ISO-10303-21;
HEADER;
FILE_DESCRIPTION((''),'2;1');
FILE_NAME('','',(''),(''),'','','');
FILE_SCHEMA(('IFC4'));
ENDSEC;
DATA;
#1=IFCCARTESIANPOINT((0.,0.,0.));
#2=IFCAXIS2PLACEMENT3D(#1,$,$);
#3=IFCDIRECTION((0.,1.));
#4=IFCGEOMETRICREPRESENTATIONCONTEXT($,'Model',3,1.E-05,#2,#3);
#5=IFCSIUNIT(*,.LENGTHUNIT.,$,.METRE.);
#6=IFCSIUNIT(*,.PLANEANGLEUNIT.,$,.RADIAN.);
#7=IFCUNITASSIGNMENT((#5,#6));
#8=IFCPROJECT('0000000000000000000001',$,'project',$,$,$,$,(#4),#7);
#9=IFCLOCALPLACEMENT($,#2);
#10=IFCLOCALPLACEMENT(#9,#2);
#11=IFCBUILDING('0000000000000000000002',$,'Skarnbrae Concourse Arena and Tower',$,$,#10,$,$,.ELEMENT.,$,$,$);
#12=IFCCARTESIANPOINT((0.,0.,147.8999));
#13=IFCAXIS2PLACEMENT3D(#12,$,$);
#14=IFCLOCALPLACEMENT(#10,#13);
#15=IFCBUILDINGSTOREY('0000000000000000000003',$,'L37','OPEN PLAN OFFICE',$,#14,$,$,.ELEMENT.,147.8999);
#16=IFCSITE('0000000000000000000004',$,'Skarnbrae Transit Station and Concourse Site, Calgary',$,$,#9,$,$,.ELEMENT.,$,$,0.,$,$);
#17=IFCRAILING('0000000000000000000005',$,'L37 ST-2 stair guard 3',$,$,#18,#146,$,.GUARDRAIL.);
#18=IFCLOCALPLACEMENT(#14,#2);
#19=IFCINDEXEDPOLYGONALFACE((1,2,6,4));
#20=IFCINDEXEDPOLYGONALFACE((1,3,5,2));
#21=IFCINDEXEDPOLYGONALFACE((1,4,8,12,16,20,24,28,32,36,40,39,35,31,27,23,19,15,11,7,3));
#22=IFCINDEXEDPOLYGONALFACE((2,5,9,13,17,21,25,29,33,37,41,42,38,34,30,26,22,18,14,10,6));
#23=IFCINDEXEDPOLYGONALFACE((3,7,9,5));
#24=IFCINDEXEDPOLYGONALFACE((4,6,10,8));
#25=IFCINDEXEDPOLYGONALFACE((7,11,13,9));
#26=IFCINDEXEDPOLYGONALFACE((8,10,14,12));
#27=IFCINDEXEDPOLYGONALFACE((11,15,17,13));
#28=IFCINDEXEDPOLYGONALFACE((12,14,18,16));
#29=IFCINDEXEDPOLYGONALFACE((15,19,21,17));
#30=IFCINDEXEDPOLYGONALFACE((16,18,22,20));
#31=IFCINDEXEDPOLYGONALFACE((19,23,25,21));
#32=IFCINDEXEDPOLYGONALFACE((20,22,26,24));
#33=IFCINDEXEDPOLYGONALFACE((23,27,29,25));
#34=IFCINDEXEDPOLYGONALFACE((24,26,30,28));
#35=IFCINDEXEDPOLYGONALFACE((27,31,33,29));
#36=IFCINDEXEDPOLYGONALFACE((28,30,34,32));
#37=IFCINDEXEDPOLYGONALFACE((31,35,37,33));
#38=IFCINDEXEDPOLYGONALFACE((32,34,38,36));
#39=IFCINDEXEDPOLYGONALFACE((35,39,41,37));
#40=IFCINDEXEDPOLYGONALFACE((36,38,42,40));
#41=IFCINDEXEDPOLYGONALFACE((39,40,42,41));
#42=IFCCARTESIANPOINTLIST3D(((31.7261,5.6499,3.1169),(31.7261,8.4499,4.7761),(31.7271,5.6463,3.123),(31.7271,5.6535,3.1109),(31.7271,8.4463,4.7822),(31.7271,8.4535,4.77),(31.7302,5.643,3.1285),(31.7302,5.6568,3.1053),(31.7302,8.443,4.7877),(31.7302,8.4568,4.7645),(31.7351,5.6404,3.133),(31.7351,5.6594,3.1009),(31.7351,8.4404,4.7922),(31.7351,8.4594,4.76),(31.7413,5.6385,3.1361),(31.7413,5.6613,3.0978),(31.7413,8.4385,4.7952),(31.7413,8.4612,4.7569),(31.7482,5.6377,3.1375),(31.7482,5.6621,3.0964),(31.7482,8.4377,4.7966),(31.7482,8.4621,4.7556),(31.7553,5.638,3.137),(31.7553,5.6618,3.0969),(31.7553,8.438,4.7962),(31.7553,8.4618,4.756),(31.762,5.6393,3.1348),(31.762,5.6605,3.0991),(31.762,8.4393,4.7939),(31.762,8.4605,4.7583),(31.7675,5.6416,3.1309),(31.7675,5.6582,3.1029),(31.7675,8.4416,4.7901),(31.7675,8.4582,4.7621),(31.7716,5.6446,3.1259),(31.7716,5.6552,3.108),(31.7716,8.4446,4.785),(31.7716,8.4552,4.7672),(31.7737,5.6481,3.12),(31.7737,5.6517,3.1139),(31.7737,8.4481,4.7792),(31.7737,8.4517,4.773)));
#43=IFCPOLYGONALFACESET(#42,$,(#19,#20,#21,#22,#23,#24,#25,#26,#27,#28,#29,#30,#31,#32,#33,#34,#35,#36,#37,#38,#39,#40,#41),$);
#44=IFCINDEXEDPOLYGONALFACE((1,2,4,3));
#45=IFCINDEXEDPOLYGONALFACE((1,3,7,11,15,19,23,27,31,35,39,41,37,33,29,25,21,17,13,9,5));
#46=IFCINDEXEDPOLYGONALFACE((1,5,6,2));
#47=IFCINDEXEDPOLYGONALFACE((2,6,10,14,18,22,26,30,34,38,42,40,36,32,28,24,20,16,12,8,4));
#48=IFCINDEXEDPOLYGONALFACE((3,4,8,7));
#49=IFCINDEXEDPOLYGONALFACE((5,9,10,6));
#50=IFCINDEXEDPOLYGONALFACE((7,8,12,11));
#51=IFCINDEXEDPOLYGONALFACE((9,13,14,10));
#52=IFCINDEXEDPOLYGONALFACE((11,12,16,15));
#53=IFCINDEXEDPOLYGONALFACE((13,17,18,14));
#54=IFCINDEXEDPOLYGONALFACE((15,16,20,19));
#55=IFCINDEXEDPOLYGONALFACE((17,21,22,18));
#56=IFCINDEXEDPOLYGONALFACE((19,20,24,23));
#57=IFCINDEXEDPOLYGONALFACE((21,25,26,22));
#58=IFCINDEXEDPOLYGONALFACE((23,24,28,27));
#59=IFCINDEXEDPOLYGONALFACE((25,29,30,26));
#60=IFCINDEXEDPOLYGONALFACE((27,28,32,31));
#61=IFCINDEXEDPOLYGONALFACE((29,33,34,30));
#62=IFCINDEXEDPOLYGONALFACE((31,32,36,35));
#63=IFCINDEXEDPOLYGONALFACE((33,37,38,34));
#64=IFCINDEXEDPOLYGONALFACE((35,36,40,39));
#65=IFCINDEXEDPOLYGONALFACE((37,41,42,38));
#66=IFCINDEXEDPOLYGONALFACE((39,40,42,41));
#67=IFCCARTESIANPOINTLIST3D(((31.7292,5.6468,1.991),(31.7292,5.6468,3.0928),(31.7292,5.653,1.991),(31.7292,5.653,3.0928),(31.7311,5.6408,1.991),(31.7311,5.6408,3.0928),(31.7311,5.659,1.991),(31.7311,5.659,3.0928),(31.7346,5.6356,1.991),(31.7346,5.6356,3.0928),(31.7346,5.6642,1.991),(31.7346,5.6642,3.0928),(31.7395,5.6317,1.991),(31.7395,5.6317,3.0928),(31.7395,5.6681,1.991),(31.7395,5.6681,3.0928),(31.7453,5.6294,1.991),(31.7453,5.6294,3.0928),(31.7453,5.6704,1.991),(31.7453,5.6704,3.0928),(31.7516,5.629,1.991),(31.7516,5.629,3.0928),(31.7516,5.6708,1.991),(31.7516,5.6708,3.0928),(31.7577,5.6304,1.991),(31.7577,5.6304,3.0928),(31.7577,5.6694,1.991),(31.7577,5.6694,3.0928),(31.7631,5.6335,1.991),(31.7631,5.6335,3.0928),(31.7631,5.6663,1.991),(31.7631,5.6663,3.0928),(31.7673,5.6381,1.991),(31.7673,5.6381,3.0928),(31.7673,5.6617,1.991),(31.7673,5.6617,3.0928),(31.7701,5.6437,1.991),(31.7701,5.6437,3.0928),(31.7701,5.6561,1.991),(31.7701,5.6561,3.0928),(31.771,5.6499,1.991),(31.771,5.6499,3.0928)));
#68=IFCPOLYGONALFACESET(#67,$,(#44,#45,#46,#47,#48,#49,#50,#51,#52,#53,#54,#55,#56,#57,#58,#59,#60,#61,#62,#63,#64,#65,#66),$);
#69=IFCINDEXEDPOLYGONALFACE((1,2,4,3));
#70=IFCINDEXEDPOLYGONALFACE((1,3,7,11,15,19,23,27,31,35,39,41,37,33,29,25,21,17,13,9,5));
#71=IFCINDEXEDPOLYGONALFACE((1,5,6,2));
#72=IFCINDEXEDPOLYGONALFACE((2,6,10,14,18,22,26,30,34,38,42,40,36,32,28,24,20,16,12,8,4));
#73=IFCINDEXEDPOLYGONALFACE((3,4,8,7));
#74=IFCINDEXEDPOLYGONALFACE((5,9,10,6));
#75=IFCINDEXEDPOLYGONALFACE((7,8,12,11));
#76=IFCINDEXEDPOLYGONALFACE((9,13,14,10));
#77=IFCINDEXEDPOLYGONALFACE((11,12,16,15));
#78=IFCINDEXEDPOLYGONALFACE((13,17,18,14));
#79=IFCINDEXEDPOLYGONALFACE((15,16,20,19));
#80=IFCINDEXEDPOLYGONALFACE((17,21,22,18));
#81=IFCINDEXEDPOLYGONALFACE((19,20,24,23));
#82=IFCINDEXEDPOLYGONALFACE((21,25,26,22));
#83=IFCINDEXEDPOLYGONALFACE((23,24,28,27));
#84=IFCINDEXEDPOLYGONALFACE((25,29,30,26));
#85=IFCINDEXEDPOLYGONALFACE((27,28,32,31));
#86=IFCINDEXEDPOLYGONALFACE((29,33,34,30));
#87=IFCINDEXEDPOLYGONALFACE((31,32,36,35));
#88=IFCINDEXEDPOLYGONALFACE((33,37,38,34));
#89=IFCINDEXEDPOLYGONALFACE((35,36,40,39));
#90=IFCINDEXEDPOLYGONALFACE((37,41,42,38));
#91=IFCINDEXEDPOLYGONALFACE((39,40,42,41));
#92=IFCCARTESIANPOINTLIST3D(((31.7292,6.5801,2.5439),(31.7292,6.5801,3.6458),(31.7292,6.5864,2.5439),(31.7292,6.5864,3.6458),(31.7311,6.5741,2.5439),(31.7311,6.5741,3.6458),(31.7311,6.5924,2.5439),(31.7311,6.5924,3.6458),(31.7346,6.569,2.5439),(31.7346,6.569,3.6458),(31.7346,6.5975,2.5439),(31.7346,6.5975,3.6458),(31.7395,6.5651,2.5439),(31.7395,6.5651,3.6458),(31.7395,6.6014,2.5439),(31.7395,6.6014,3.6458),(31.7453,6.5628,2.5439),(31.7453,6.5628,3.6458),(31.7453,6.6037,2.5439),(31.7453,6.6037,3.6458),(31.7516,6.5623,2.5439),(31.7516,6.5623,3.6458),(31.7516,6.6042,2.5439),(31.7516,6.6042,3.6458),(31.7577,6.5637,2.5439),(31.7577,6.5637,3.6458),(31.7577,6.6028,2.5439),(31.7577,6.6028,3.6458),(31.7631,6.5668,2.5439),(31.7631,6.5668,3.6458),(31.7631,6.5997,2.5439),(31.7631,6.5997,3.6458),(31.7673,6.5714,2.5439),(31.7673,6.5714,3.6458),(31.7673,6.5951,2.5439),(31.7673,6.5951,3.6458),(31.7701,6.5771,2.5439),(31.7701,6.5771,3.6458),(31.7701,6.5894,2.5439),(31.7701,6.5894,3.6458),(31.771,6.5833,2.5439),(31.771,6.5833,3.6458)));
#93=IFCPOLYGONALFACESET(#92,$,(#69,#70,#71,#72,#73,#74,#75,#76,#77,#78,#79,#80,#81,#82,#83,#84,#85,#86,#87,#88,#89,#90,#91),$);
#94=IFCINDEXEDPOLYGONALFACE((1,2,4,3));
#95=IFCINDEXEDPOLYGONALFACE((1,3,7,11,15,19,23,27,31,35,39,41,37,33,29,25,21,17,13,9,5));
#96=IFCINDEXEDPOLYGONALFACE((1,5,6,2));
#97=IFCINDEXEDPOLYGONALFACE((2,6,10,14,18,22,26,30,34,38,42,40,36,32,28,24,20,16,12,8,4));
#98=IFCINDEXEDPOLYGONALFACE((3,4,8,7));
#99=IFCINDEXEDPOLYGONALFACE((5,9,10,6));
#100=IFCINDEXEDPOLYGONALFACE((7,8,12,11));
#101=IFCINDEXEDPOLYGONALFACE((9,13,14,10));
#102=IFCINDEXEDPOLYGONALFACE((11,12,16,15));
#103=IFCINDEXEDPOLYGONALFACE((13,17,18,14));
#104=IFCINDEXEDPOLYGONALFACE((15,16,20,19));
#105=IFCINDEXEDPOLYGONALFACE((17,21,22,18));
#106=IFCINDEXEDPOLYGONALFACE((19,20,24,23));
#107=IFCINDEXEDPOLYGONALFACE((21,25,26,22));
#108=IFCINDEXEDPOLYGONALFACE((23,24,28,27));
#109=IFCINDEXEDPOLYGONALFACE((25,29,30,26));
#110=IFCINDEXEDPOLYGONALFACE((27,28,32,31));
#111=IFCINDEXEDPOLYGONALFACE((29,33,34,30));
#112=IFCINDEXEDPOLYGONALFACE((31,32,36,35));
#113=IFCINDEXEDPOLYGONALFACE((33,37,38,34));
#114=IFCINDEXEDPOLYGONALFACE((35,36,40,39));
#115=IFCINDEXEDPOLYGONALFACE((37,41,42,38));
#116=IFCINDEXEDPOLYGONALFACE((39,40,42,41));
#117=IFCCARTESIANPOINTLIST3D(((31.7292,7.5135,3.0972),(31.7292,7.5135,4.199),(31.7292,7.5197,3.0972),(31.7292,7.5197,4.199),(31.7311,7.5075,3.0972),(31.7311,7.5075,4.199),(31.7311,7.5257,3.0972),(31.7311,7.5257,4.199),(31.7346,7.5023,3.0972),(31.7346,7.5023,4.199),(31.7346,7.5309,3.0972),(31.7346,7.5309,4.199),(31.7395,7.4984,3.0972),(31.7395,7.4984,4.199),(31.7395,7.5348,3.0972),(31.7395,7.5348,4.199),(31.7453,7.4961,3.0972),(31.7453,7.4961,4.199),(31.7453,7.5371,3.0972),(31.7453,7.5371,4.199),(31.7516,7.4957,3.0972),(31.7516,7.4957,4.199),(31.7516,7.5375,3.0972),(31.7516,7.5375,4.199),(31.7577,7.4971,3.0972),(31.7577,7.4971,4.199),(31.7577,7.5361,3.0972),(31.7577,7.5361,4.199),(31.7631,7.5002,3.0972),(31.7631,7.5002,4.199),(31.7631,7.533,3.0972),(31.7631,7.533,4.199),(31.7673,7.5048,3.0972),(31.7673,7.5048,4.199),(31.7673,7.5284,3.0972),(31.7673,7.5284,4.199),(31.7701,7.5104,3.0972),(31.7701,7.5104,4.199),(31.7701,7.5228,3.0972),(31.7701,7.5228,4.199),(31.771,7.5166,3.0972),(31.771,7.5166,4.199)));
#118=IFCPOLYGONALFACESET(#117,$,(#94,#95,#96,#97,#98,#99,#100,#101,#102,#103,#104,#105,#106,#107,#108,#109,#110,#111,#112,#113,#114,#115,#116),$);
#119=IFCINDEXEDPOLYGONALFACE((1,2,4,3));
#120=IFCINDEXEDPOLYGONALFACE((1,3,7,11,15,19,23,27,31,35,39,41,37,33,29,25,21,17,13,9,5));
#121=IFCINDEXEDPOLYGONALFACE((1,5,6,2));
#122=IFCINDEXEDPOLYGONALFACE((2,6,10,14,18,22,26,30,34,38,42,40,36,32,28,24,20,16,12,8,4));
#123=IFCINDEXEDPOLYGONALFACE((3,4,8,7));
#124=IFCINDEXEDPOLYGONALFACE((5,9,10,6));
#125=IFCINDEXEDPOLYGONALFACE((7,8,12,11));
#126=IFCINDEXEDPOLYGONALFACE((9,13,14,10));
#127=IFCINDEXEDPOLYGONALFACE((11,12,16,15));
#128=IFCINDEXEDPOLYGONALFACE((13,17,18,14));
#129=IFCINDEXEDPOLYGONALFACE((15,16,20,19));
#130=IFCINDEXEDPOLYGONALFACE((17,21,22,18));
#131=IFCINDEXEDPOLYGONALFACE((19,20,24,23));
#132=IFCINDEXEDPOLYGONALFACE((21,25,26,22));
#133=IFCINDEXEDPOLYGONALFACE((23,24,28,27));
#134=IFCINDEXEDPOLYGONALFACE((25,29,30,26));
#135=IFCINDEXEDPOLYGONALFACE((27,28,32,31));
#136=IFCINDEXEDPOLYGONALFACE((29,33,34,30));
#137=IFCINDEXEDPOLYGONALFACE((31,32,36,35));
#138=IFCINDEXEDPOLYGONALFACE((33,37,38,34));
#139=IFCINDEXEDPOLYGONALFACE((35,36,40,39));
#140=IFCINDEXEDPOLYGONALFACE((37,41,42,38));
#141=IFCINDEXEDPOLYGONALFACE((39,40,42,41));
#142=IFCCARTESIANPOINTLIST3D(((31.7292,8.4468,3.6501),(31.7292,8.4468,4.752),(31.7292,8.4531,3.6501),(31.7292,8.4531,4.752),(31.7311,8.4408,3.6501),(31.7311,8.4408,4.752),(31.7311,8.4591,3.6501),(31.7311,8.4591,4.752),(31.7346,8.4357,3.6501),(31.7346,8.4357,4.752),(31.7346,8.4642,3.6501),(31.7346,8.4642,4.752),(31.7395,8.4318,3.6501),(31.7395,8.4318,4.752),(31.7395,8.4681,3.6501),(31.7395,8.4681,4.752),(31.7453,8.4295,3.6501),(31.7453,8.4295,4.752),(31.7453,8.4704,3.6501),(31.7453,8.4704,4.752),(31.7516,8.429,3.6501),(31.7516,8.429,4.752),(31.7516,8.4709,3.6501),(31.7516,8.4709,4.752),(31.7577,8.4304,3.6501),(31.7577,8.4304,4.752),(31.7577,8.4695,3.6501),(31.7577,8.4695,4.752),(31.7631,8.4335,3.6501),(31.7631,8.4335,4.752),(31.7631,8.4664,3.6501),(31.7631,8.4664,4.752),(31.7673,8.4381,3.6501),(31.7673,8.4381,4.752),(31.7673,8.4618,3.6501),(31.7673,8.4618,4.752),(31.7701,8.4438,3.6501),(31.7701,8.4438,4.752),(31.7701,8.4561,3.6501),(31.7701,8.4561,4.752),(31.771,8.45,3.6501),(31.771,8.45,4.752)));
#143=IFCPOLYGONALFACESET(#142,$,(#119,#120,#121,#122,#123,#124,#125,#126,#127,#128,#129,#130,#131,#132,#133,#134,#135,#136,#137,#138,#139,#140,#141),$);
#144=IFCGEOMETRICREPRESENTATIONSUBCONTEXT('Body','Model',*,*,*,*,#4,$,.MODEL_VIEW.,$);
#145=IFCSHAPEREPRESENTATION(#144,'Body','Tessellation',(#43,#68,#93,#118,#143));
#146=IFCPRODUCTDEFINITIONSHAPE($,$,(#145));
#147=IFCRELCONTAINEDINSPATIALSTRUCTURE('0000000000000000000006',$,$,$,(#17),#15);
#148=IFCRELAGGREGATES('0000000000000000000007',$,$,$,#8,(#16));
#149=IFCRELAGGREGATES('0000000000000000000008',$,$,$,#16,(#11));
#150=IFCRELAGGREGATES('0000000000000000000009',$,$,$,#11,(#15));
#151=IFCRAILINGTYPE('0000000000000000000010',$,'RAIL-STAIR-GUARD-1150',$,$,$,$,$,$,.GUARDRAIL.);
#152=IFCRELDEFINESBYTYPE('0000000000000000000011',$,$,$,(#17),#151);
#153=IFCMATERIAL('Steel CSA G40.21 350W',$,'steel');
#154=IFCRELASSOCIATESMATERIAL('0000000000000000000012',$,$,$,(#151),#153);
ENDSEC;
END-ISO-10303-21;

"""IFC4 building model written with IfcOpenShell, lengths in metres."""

from ifc_helpers import new_model, si_unit, direction, frame, origin, origin_2d, place, context, subcontext, project, spatial, circle, extrude, material, type_object, element, save


model = new_model("IFC4")

# Units and contexts
model_context = context("Model", 3, precision=1e-05, world=origin(), true_north=direction((0.0, 1.0)))
body_context = subcontext(model_context, "Body", "Model", "MODEL_VIEW")
ifc_project = project(units=[si_unit("LENGTHUNIT", "METRE"), si_unit("PLANEANGLEUNIT", "RADIAN")], contexts=[model_context])

# Site, building, storey
site_placement = place(None, origin())
site = spatial("IfcSite", under=ifc_project, at=site_placement, Name="Skarnbrae Transit Station and Concourse Site, Calgary", CompositionType="ELEMENT", RefElevation=0.0)
building_placement = place(site_placement, origin())
building = spatial("IfcBuilding", under=site, at=building_placement, Name="Skarnbrae Concourse Arena and Tower", CompositionType="ELEMENT")
storey_placement = place(building_placement, frame((0.0, 0.0, 147.8999)))
storey = spatial("IfcBuildingStorey", under=building, at=storey_placement, Name="L37", Description="OPEN PLAN OFFICE", CompositionType="ELEMENT", Elevation=147.8999)

# Shared definitions
ifc_material_1 = material(Name="Steel CSA G40.21 350W", Category="steel")

# Railing
railing_type_1 = type_object("IfcRailingType", Name="RAIL-STAIR-GUARD-1150", PredefinedType="GUARDRAIL", material=ifc_material_1)
railing_1_placement = place(storey_placement, frame((31.75, 5.6499, 1.991)))
element("IfcRailing", 1, at=railing_1_placement, inside=storey, type_object=railing_type_1, Name="L37 ST-2 stair guard 3", PredefinedType="GUARDRAIL", context=body_context, shape_type="SweptSolid", body=[
    extrude(circle(Radius=0.0239, at=origin_2d()), frame((0.0, 0.0, 1.126), z_axis=(0.0, 0.860306, 0.509778), x_axis=(-1.0, 0.0, 0.0)), (0.0, 0.0, 1.0), 3.2546),
    extrude(circle(Radius=0.021, at=origin_2d()), origin(), (0.0, 0.0, 1.0), 1.1018),
    extrude(circle(Radius=0.021, at=origin_2d()), frame((0.0, 0.9333, 0.553)), (0.0, 0.0, 1.0), 1.1018),
    extrude(circle(Radius=0.021, at=origin_2d()), frame((0.0, 1.8667, 1.1062)), (0.0, 0.0, 1.0), 1.1018),
    extrude(circle(Radius=0.021, at=origin_2d()), frame((0.0, 2.8, 1.6592)), (0.0, 0.0, 1.0), 1.1018),
])

save(model, "model.ifc")
